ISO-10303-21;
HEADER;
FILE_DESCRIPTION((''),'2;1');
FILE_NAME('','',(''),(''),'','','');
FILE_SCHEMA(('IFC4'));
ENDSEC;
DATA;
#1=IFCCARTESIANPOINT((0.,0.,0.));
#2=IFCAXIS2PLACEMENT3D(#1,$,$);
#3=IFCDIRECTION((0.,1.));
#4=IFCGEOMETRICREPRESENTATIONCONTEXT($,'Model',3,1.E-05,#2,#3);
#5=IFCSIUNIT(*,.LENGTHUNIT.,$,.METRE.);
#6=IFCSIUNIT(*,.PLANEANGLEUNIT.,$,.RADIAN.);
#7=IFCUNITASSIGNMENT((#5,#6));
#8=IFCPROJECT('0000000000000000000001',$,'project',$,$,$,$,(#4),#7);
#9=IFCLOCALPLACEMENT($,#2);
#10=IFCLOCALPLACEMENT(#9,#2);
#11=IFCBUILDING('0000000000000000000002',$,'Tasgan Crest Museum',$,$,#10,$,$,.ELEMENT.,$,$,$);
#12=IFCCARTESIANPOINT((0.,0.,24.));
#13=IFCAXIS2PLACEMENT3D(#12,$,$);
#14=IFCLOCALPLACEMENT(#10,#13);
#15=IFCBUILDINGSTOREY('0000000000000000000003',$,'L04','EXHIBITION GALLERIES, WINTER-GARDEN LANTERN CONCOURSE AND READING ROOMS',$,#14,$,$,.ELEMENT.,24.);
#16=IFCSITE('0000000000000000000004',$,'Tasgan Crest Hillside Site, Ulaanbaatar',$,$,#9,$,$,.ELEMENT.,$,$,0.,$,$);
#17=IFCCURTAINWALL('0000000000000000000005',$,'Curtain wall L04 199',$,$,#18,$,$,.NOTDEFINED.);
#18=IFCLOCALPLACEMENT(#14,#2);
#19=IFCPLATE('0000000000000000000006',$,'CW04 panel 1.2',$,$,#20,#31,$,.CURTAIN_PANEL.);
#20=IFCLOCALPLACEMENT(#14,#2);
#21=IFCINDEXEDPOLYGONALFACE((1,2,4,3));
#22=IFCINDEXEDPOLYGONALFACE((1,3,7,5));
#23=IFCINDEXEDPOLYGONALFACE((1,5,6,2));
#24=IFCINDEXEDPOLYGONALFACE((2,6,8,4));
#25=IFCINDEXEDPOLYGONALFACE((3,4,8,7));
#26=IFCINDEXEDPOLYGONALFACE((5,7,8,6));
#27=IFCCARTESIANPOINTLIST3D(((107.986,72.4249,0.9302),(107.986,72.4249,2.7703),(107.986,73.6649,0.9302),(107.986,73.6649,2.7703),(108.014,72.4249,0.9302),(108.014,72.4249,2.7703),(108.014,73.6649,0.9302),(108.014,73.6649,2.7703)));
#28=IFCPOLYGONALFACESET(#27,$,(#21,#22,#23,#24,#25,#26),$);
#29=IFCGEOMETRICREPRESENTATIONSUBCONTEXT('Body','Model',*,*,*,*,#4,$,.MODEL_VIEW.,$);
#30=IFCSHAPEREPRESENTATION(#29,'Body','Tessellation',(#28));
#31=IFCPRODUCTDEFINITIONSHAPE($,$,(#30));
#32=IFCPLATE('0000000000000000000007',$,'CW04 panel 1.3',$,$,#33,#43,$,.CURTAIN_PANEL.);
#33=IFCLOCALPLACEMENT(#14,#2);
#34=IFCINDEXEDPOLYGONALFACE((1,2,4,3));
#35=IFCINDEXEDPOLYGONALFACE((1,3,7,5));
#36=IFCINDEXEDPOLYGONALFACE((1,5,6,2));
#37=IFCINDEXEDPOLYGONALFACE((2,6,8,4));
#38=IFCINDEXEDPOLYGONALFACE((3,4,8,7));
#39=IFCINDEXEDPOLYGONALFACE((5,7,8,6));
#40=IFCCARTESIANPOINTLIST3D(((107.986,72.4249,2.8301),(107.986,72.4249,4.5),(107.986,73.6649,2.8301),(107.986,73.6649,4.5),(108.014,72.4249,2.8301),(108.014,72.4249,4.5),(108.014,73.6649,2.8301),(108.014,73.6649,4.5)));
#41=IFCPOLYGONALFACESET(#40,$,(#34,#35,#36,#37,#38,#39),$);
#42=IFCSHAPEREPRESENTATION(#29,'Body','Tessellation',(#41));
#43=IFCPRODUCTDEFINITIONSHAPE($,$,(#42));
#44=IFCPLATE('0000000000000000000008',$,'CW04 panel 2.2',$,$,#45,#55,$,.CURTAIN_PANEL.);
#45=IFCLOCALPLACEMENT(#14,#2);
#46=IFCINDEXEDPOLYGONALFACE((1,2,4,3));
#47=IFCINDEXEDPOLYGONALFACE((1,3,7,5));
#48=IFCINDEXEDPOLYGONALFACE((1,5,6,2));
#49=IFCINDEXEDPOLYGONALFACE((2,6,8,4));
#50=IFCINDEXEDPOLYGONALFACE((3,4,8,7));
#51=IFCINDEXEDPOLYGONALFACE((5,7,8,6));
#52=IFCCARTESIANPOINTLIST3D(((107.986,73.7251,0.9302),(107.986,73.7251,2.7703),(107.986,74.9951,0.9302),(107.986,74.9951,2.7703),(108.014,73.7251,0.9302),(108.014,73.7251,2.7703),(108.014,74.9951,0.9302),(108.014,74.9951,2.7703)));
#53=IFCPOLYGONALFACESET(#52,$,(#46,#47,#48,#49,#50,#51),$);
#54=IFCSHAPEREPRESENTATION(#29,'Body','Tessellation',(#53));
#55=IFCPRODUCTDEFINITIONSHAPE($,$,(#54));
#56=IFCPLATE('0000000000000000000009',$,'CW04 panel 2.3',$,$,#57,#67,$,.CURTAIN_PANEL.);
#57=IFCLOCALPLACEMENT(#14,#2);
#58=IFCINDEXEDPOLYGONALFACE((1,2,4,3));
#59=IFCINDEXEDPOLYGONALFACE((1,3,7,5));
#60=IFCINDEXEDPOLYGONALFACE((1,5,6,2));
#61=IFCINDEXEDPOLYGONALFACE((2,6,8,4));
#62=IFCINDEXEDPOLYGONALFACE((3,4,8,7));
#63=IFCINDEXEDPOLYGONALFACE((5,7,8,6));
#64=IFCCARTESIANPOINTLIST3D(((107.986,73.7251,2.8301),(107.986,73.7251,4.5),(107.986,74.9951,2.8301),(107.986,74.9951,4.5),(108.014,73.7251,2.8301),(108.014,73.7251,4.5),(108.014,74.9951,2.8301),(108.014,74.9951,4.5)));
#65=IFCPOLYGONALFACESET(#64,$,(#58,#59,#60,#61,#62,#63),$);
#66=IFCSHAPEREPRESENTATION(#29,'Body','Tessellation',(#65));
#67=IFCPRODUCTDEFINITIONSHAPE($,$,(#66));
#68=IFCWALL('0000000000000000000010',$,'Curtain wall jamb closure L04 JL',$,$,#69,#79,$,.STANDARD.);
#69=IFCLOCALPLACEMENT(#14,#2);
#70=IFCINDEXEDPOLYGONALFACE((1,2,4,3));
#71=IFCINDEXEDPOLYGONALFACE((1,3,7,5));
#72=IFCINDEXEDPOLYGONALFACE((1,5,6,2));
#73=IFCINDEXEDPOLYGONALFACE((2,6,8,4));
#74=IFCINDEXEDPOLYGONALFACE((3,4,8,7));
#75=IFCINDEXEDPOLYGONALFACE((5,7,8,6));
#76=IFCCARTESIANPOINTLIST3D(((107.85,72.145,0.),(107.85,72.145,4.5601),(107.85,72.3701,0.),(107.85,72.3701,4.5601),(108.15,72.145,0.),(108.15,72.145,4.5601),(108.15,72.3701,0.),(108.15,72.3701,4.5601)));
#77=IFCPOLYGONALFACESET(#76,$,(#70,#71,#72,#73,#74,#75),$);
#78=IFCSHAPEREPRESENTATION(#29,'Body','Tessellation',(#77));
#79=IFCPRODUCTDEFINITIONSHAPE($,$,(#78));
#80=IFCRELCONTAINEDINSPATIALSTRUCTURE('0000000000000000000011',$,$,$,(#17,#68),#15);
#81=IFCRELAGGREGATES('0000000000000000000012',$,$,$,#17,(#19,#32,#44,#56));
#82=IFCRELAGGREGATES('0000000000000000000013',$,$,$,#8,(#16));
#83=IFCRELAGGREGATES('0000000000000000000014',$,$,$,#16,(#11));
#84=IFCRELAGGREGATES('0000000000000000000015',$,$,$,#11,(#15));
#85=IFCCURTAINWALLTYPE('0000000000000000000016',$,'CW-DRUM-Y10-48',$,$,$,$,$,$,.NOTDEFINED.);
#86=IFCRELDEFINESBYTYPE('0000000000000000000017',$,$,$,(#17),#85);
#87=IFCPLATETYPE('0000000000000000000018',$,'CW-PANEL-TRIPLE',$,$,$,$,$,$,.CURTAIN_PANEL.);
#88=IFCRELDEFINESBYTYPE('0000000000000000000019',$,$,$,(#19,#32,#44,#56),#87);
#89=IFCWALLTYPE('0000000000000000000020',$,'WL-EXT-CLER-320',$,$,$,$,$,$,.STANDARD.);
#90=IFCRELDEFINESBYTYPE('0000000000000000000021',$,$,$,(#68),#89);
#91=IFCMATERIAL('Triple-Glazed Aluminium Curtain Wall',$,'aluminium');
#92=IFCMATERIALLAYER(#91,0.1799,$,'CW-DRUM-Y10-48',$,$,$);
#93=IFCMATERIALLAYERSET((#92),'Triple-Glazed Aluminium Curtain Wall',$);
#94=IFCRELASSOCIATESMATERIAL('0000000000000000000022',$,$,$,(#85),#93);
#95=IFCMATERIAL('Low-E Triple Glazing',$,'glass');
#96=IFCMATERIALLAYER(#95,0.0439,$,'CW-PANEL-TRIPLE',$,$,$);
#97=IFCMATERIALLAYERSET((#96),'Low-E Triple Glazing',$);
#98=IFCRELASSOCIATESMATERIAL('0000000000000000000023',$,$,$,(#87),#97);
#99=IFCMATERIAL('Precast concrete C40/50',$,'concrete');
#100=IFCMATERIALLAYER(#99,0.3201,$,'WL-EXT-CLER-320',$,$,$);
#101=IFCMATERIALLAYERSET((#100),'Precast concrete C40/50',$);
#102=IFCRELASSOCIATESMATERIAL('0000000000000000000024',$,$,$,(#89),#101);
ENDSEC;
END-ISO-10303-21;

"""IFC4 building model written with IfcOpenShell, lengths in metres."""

from ifc_helpers import new_model, si_unit, direction, frame, frame_2d, origin, origin_2d, place, context, subcontext, project, spatial, rectangle, extrude, material, layer, layer_set, type_object, element, aggregate, save


model = new_model("IFC4")

# Units and contexts
model_context = context("Model", 3, precision=1e-05, world=origin(), true_north=direction((0.0, 1.0)))
body_context = subcontext(model_context, "Body", "Model", "MODEL_VIEW")
ifc_project = project(units=[si_unit("LENGTHUNIT", "METRE"), si_unit("PLANEANGLEUNIT", "RADIAN")], contexts=[model_context])

# Site, building, storey
site_placement = place(None, origin())
site = spatial("IfcSite", under=ifc_project, at=site_placement, Name="Tasgan Crest Hillside Site, Ulaanbaatar", CompositionType="ELEMENT", RefElevation=0.0)
building_placement = place(site_placement, origin())
building = spatial("IfcBuilding", under=site, at=building_placement, Name="Tasgan Crest Museum", CompositionType="ELEMENT")
storey_placement = place(building_placement, frame((0.0, 0.0, 24.0)))
storey = spatial("IfcBuildingStorey", under=building, at=storey_placement, Name="L04", Description="EXHIBITION GALLERIES, WINTER-GARDEN LANTERN CONCOURSE AND READING ROOMS", CompositionType="ELEMENT", Elevation=24.0)

# Curtain wall
ifc_material_1 = material(Name="Triple-Glazed Aluminium Curtain Wall", Category="aluminium")
ifc_layer_1 = layer(ifc_material_1, 0.1799, Name="CW-DRUM-Y10-48")
ifc_layer_set_1 = layer_set([ifc_layer_1], Name="Triple-Glazed Aluminium Curtain Wall")
curtain_wall_type_1 = type_object("IfcCurtainWallType", Name="CW-DRUM-Y10-48", PredefinedType="NOTDEFINED", material=ifc_layer_set_1)
curtain_wall_1_placement = place(storey_placement, origin())
curtain_wall_1 = element("IfcCurtainWall", 1, at=curtain_wall_1_placement, inside=storey, type_object=curtain_wall_type_1, Name="Curtain wall L04 199", PredefinedType="NOTDEFINED")

# Plates
ifc_material_2 = material(Name="Low-E Triple Glazing", Category="glass")
ifc_layer_2 = layer(ifc_material_2, 0.0439, Name="CW-PANEL-TRIPLE")
ifc_layer_set_2 = layer_set([ifc_layer_2], Name="Low-E Triple Glazing")
plate_type_1 = type_object("IfcPlateType", Name="CW-PANEL-TRIPLE", PredefinedType="CURTAIN_PANEL", material=ifc_layer_set_2)
plate_1_placement = place(storey_placement, frame((108.0, 73.0449, 0.9302), z_axis=(0.0, 0.0, 1.0), x_axis=(0.0, 1.0, 0.0)))
plate_1 = element("IfcPlate", 2, at=plate_1_placement, type_object=plate_type_1, Name="CW04 panel 1.2", PredefinedType="CURTAIN_PANEL", context=body_context, shape_type="SweptSolid", body=[
    extrude(rectangle(XDim=1.24, YDim=0.0281, at=origin_2d()), origin(), (0.0, 0.0, 1.0), 1.8401),
])
plate_2_placement = place(storey_placement, frame((108.0, 73.0449, 2.8301), z_axis=(0.0, 0.0, 1.0), x_axis=(0.0, 1.0, 0.0)))
plate_2 = element("IfcPlate", 3, at=plate_2_placement, type_object=plate_type_1, Name="CW04 panel 1.3", PredefinedType="CURTAIN_PANEL", context=body_context, shape_type="SweptSolid", body=[
    extrude(rectangle(XDim=1.24, YDim=0.0281, at=origin_2d()), origin(), (0.0, 0.0, 1.0), 1.6699),
])
plate_3_placement = place(storey_placement, frame((108.0, 74.3601, 0.9302), z_axis=(0.0, 0.0, 1.0), x_axis=(0.0, 1.0, 0.0)))
plate_3 = element("IfcPlate", 4, at=plate_3_placement, type_object=plate_type_1, Name="CW04 panel 2.2", PredefinedType="CURTAIN_PANEL", context=body_context, shape_type="SweptSolid", body=[
    extrude(rectangle(XDim=1.27, YDim=0.0281, at=origin_2d()), origin(), (0.0, 0.0, 1.0), 1.8401),
])
plate_4_placement = place(storey_placement, frame((108.0, 74.3601, 2.8301), z_axis=(0.0, 0.0, 1.0), x_axis=(0.0, 1.0, 0.0)))
plate_4 = element("IfcPlate", 5, at=plate_4_placement, type_object=plate_type_1, Name="CW04 panel 2.3", PredefinedType="CURTAIN_PANEL", context=body_context, shape_type="SweptSolid", body=[
    extrude(rectangle(XDim=1.27, YDim=0.0281, at=origin_2d()), origin(), (0.0, 0.0, 1.0), 1.6699),
])
aggregate(curtain_wall_1, [plate_1, plate_2, plate_3, plate_4])

# Wall
ifc_material_3 = material(Name="Precast concrete C40/50", Category="concrete")
ifc_layer_3 = layer(ifc_material_3, 0.3201, Name="WL-EXT-CLER-320")
ifc_layer_set_3 = layer_set([ifc_layer_3], Name="Precast concrete C40/50")
wall_type = type_object("IfcWallType", Name="WL-EXT-CLER-320", PredefinedType="STANDARD", material=ifc_layer_set_3)
wall_placement = place(storey_placement, frame((108.0, 72.145, 0.0), z_axis=(0.0, 0.0, 1.0), x_axis=(0.0, 1.0, 0.0)))
element("IfcWall", 6, at=wall_placement, inside=storey, type_object=wall_type, Name="Curtain wall jamb closure L04 JL", PredefinedType="STANDARD", context=body_context, shape_type="SweptSolid", body=[
    extrude(rectangle(XDim=0.2251, YDim=0.3, at=frame_2d((0.1125, 0.0))), origin(), (0.0, 0.0, 1.0), 4.5601),
])

save(model, "model.ifc")
